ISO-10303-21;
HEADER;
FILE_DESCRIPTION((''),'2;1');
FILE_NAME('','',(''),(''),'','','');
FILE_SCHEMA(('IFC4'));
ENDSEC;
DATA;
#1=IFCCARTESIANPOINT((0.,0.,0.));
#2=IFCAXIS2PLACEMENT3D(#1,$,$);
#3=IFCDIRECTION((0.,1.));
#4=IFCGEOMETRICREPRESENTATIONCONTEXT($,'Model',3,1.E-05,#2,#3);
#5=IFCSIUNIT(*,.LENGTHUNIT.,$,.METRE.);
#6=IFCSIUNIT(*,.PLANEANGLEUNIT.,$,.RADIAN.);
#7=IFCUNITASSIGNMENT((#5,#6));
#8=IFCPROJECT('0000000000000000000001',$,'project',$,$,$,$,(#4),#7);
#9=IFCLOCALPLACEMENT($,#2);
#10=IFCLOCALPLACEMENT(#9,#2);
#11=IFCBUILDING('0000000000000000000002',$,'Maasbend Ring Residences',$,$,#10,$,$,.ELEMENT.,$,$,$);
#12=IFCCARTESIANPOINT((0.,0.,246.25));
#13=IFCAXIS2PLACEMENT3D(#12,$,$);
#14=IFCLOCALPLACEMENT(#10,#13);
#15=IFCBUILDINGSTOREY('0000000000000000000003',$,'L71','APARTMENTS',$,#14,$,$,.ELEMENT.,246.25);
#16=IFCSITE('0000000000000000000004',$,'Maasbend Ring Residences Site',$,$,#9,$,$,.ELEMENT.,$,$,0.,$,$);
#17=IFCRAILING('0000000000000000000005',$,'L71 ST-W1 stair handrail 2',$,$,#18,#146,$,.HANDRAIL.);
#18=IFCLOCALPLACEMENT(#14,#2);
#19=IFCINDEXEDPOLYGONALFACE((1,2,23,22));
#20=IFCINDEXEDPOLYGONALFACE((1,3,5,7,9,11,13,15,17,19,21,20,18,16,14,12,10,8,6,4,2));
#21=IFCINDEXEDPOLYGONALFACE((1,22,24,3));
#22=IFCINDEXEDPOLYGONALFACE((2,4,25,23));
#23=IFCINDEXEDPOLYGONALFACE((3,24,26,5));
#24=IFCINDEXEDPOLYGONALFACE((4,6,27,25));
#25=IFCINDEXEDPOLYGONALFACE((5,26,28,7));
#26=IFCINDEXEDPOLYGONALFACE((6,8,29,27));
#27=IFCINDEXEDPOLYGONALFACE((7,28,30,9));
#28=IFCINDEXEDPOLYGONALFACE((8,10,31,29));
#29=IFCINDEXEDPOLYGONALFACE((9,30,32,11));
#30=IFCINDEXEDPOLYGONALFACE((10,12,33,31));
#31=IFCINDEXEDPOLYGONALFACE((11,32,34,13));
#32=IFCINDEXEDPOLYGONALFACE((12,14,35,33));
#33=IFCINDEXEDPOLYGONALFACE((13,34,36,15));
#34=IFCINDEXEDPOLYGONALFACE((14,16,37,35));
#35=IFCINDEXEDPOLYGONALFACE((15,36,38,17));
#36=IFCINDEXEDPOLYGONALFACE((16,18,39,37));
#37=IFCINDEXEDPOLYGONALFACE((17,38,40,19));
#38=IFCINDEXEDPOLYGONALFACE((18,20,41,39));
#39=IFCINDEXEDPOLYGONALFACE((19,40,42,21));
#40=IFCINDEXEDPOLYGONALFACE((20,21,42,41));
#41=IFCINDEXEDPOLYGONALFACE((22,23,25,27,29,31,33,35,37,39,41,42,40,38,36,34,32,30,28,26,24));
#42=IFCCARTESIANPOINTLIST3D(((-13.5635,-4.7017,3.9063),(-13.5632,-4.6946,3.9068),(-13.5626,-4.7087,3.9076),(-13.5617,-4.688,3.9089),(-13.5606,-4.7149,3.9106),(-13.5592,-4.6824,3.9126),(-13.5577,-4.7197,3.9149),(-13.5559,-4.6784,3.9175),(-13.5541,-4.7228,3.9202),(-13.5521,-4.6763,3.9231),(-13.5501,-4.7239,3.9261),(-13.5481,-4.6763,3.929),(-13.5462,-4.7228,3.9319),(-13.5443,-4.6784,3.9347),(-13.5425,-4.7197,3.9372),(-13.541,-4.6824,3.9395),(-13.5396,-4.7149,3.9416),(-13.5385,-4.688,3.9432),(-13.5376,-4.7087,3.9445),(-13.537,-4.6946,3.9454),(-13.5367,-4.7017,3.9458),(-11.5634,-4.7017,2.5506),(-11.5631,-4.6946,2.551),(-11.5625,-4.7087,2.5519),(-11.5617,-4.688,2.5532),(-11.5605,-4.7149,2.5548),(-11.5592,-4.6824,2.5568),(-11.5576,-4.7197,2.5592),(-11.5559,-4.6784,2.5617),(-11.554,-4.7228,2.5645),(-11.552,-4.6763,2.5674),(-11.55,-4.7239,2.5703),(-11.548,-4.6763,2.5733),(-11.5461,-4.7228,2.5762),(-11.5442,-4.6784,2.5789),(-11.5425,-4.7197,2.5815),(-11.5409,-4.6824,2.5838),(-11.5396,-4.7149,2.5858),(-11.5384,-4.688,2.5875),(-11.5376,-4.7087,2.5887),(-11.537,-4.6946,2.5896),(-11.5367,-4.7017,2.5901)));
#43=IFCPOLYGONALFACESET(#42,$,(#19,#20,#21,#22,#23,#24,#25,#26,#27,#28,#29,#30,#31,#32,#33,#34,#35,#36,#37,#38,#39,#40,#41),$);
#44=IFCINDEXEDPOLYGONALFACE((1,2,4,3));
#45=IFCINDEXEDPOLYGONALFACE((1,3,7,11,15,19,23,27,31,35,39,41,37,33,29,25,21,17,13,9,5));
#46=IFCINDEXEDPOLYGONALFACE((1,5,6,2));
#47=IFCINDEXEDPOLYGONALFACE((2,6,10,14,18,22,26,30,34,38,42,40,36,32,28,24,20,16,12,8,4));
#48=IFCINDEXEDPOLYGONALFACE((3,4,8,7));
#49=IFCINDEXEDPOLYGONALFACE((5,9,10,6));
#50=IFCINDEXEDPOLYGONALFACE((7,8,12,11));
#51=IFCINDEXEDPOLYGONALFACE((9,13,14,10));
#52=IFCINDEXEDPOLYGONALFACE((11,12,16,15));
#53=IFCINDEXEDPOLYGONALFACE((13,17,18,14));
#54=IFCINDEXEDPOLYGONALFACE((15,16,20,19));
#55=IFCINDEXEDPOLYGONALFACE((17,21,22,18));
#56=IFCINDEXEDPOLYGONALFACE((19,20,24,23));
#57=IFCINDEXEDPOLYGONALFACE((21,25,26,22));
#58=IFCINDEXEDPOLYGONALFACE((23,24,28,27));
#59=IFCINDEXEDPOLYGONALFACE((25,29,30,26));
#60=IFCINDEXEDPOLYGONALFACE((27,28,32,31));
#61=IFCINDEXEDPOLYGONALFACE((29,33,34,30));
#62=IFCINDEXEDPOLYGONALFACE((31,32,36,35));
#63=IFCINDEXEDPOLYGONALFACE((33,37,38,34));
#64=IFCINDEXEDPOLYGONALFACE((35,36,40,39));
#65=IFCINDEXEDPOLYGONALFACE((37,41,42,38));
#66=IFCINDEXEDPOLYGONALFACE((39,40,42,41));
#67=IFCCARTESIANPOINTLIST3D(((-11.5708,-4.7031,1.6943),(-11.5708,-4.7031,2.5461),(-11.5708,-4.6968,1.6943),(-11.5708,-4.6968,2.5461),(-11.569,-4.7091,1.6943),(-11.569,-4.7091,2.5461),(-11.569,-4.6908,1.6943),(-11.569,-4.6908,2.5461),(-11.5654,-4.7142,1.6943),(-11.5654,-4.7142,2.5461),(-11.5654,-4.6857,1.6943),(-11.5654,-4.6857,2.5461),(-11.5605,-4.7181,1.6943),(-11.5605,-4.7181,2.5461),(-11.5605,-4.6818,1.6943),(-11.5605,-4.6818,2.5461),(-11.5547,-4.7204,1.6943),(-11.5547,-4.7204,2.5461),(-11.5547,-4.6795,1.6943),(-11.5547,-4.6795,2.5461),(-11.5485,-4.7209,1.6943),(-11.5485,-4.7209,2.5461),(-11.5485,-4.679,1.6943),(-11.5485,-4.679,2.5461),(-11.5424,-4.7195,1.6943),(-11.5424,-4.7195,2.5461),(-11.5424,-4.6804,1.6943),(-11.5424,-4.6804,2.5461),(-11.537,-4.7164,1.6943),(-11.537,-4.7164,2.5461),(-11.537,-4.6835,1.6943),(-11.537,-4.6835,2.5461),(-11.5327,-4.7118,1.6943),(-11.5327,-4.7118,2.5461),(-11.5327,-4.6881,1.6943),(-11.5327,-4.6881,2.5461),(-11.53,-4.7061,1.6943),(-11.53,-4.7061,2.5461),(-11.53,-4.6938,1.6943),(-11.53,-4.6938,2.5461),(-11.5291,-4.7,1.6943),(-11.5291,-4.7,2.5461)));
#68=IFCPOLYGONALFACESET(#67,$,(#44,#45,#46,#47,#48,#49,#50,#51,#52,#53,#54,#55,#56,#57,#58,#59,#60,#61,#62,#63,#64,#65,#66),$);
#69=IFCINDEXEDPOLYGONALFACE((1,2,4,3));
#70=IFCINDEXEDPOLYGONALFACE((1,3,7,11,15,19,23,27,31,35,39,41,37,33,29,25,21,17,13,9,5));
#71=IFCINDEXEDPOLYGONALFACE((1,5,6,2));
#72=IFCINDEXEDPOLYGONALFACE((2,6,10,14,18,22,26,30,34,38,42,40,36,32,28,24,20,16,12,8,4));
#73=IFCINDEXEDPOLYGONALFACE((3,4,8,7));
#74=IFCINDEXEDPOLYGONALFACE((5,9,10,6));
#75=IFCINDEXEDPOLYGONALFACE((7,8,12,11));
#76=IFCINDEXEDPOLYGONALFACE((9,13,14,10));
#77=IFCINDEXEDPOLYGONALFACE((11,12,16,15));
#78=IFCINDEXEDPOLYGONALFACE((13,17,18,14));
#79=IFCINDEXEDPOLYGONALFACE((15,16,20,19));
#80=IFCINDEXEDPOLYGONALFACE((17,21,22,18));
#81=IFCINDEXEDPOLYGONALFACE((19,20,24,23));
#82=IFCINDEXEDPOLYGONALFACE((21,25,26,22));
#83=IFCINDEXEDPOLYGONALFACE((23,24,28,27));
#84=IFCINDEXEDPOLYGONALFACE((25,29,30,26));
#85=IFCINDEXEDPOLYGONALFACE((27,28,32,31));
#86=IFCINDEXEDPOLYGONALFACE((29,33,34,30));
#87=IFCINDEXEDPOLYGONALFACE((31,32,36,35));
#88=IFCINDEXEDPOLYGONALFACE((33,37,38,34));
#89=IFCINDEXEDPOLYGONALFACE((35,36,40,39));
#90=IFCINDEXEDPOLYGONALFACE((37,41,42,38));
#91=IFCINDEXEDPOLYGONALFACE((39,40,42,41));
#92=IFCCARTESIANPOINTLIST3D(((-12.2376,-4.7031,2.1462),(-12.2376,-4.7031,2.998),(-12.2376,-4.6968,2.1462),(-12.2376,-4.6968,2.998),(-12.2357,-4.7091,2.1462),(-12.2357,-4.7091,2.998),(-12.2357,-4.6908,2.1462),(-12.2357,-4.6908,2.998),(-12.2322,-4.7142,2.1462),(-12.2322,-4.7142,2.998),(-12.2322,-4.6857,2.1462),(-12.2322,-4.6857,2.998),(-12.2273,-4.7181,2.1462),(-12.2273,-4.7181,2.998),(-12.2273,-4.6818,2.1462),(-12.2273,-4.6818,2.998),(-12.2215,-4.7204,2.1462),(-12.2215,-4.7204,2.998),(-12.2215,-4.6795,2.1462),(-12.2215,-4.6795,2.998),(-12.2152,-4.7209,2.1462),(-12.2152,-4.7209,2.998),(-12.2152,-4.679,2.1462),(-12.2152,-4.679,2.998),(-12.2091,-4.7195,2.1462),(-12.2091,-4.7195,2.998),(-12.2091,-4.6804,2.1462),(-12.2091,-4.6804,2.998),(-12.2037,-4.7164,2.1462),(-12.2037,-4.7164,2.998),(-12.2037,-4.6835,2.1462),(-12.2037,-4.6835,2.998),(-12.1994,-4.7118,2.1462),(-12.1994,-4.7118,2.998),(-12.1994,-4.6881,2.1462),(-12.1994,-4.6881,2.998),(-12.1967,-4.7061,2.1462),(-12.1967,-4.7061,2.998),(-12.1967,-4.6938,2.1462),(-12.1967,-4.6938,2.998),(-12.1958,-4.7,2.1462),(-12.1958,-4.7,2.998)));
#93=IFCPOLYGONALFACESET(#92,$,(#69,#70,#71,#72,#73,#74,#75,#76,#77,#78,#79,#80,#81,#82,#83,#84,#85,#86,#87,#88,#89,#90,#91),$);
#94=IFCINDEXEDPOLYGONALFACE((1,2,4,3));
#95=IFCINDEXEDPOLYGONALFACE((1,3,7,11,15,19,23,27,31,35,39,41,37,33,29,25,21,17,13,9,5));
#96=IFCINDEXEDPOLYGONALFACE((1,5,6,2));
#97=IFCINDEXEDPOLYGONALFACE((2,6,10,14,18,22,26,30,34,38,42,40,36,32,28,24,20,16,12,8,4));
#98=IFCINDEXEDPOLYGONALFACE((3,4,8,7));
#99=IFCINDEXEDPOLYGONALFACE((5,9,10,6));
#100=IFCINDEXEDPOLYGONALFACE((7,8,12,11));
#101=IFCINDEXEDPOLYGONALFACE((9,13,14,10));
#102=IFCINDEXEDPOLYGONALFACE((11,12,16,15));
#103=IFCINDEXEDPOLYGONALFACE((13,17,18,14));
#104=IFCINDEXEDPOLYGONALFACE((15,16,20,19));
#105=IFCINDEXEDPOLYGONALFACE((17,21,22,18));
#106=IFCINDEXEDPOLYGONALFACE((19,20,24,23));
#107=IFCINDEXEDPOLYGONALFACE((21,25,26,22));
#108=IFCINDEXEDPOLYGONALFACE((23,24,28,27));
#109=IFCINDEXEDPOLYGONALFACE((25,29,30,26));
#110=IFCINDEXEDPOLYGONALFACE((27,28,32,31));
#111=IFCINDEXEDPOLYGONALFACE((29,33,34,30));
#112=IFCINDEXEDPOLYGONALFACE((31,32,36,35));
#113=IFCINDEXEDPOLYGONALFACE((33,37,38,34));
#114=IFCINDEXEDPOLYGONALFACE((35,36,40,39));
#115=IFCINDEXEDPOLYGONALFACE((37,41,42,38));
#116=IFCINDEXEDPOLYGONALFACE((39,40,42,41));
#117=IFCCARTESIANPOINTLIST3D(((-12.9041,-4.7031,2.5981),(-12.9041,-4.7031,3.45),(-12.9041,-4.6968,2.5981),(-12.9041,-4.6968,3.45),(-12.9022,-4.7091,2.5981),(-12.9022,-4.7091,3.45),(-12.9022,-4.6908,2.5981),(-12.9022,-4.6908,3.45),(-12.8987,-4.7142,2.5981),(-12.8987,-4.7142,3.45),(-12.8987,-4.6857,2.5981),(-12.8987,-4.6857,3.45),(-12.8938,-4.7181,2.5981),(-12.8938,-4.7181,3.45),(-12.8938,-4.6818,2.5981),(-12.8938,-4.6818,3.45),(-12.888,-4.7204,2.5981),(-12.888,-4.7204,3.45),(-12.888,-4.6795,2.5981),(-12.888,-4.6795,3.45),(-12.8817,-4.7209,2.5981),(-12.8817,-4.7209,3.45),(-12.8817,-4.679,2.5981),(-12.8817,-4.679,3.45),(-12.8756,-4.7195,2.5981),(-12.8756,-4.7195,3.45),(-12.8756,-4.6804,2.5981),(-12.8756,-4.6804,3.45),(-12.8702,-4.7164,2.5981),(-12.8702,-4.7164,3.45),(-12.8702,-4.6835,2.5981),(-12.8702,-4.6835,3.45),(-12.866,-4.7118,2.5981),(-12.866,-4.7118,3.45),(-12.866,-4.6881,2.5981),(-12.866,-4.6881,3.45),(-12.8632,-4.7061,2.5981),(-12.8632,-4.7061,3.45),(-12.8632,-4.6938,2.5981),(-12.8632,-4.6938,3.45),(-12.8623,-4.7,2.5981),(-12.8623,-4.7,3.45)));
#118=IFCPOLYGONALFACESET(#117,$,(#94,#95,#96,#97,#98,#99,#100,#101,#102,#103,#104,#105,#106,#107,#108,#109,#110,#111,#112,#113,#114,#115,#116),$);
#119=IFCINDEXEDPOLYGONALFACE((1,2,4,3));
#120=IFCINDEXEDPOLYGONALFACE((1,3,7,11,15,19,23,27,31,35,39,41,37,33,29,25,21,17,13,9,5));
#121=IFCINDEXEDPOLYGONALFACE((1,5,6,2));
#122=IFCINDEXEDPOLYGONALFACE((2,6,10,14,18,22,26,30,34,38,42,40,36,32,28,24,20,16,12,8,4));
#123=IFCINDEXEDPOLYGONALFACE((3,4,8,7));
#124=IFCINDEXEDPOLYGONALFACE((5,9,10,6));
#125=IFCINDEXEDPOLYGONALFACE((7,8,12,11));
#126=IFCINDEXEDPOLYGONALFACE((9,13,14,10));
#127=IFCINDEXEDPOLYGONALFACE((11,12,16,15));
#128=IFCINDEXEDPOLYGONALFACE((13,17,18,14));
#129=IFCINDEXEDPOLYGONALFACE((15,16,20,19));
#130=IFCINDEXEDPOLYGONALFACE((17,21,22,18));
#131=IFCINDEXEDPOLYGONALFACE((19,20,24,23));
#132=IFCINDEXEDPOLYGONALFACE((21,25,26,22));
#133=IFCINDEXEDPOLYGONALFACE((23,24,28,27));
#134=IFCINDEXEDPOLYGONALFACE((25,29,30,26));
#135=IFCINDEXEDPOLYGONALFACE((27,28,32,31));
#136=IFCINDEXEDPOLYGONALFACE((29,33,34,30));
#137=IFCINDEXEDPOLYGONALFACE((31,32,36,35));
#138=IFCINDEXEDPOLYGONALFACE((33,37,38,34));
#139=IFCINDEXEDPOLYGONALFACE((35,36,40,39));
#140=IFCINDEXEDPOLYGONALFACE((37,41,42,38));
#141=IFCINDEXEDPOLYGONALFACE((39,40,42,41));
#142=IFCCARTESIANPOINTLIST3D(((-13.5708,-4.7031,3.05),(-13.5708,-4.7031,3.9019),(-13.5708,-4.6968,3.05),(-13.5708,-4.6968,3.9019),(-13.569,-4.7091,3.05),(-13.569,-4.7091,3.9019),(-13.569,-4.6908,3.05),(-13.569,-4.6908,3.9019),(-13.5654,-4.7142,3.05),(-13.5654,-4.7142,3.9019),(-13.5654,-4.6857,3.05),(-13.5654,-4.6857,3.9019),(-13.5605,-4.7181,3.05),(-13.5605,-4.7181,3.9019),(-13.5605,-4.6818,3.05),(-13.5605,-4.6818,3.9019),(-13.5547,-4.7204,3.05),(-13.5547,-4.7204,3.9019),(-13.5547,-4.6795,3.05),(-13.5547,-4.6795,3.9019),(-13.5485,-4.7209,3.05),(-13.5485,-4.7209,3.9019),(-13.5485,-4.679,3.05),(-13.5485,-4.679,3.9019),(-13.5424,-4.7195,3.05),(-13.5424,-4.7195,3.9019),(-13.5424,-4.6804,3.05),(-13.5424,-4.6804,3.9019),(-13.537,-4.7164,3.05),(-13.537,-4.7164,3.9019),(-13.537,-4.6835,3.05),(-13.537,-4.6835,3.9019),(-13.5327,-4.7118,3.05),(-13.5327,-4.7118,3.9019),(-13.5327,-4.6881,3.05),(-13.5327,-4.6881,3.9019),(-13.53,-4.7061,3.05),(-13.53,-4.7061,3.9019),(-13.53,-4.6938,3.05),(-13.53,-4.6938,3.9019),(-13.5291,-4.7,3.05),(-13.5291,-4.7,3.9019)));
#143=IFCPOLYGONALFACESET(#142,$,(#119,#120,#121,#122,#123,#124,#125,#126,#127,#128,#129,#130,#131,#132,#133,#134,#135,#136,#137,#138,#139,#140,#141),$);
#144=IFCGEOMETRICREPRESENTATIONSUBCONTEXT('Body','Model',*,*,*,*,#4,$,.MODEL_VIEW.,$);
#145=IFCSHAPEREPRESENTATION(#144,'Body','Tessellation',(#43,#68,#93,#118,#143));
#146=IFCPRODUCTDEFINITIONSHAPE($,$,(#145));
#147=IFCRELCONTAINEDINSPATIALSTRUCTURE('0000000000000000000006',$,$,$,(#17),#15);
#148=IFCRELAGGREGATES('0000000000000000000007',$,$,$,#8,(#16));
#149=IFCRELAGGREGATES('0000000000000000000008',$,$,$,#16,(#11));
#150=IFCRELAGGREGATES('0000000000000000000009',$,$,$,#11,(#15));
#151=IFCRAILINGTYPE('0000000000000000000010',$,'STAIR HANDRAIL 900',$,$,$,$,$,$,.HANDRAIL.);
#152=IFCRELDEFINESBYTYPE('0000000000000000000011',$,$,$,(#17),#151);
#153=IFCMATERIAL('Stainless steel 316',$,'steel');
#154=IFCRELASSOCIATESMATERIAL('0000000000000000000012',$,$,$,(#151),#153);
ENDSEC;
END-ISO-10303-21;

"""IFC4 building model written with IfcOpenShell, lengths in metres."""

from ifc_helpers import new_model, si_unit, direction, frame, origin, origin_2d, place, context, subcontext, project, spatial, circle, extrude, material, type_object, element, save


model = new_model("IFC4")

# Units and contexts
model_context = context("Model", 3, precision=1e-05, world=origin(), true_north=direction((0.0, 1.0)))
body_context = subcontext(model_context, "Body", "Model", "MODEL_VIEW")
ifc_project = project(units=[si_unit("LENGTHUNIT", "METRE"), si_unit("PLANEANGLEUNIT", "RADIAN")], contexts=[model_context])

# Site, building, storey
site_placement = place(None, origin())
site = spatial("IfcSite", under=ifc_project, at=site_placement, Name="Maasbend Ring Residences Site", CompositionType="ELEMENT", RefElevation=0.0)
building_placement = place(site_placement, origin())
building = spatial("IfcBuilding", under=site, at=building_placement, Name="Maasbend Ring Residences", CompositionType="ELEMENT")
storey_placement = place(building_placement, frame((0.0, 0.0, 246.25)))
storey = spatial("IfcBuildingStorey", under=building, at=storey_placement, Name="L71", Description="APARTMENTS", CompositionType="ELEMENT", Elevation=246.25)

# Railing
ifc_material_1 = material(Name="Stainless steel 316", Category="steel")
railing_type_1 = type_object("IfcRailingType", Name="STAIR HANDRAIL 900", PredefinedType="HANDRAIL", material=ifc_material_1)
railing_1_placement = place(storey_placement, frame((-11.55, -4.7, 1.6943)))
element("IfcRailing", 1, at=railing_1_placement, inside=storey, type_object=railing_type_1, Name="L71 ST-W1 stair handrail 2", PredefinedType="HANDRAIL", context=body_context, shape_type="SweptSolid", body=[
    extrude(circle(Radius=0.0239, at=origin_2d()), frame((0.0, 0.0, 0.876), z_axis=(-0.827751, 0.0, 0.561096), x_axis=(0.0, -1.0, 0.0)), (0.0, 0.0, 1.0), 2.4163),
    extrude(circle(Radius=0.021, at=origin_2d()), origin(), (0.0, 0.0, 1.0), 0.8518),
    extrude(circle(Radius=0.021, at=origin_2d()), frame((-0.6667, 0.0, 0.4519)), (0.0, 0.0, 1.0), 0.8518),
    extrude(circle(Radius=0.021, at=origin_2d()), frame((-1.3333, 0.0, 0.9038)), (0.0, 0.0, 1.0), 0.8518),
    extrude(circle(Radius=0.021, at=origin_2d()), frame((-2.0, 0.0, 1.3557)), (0.0, 0.0, 1.0), 0.8518),
])

save(model, "model.ifc")
